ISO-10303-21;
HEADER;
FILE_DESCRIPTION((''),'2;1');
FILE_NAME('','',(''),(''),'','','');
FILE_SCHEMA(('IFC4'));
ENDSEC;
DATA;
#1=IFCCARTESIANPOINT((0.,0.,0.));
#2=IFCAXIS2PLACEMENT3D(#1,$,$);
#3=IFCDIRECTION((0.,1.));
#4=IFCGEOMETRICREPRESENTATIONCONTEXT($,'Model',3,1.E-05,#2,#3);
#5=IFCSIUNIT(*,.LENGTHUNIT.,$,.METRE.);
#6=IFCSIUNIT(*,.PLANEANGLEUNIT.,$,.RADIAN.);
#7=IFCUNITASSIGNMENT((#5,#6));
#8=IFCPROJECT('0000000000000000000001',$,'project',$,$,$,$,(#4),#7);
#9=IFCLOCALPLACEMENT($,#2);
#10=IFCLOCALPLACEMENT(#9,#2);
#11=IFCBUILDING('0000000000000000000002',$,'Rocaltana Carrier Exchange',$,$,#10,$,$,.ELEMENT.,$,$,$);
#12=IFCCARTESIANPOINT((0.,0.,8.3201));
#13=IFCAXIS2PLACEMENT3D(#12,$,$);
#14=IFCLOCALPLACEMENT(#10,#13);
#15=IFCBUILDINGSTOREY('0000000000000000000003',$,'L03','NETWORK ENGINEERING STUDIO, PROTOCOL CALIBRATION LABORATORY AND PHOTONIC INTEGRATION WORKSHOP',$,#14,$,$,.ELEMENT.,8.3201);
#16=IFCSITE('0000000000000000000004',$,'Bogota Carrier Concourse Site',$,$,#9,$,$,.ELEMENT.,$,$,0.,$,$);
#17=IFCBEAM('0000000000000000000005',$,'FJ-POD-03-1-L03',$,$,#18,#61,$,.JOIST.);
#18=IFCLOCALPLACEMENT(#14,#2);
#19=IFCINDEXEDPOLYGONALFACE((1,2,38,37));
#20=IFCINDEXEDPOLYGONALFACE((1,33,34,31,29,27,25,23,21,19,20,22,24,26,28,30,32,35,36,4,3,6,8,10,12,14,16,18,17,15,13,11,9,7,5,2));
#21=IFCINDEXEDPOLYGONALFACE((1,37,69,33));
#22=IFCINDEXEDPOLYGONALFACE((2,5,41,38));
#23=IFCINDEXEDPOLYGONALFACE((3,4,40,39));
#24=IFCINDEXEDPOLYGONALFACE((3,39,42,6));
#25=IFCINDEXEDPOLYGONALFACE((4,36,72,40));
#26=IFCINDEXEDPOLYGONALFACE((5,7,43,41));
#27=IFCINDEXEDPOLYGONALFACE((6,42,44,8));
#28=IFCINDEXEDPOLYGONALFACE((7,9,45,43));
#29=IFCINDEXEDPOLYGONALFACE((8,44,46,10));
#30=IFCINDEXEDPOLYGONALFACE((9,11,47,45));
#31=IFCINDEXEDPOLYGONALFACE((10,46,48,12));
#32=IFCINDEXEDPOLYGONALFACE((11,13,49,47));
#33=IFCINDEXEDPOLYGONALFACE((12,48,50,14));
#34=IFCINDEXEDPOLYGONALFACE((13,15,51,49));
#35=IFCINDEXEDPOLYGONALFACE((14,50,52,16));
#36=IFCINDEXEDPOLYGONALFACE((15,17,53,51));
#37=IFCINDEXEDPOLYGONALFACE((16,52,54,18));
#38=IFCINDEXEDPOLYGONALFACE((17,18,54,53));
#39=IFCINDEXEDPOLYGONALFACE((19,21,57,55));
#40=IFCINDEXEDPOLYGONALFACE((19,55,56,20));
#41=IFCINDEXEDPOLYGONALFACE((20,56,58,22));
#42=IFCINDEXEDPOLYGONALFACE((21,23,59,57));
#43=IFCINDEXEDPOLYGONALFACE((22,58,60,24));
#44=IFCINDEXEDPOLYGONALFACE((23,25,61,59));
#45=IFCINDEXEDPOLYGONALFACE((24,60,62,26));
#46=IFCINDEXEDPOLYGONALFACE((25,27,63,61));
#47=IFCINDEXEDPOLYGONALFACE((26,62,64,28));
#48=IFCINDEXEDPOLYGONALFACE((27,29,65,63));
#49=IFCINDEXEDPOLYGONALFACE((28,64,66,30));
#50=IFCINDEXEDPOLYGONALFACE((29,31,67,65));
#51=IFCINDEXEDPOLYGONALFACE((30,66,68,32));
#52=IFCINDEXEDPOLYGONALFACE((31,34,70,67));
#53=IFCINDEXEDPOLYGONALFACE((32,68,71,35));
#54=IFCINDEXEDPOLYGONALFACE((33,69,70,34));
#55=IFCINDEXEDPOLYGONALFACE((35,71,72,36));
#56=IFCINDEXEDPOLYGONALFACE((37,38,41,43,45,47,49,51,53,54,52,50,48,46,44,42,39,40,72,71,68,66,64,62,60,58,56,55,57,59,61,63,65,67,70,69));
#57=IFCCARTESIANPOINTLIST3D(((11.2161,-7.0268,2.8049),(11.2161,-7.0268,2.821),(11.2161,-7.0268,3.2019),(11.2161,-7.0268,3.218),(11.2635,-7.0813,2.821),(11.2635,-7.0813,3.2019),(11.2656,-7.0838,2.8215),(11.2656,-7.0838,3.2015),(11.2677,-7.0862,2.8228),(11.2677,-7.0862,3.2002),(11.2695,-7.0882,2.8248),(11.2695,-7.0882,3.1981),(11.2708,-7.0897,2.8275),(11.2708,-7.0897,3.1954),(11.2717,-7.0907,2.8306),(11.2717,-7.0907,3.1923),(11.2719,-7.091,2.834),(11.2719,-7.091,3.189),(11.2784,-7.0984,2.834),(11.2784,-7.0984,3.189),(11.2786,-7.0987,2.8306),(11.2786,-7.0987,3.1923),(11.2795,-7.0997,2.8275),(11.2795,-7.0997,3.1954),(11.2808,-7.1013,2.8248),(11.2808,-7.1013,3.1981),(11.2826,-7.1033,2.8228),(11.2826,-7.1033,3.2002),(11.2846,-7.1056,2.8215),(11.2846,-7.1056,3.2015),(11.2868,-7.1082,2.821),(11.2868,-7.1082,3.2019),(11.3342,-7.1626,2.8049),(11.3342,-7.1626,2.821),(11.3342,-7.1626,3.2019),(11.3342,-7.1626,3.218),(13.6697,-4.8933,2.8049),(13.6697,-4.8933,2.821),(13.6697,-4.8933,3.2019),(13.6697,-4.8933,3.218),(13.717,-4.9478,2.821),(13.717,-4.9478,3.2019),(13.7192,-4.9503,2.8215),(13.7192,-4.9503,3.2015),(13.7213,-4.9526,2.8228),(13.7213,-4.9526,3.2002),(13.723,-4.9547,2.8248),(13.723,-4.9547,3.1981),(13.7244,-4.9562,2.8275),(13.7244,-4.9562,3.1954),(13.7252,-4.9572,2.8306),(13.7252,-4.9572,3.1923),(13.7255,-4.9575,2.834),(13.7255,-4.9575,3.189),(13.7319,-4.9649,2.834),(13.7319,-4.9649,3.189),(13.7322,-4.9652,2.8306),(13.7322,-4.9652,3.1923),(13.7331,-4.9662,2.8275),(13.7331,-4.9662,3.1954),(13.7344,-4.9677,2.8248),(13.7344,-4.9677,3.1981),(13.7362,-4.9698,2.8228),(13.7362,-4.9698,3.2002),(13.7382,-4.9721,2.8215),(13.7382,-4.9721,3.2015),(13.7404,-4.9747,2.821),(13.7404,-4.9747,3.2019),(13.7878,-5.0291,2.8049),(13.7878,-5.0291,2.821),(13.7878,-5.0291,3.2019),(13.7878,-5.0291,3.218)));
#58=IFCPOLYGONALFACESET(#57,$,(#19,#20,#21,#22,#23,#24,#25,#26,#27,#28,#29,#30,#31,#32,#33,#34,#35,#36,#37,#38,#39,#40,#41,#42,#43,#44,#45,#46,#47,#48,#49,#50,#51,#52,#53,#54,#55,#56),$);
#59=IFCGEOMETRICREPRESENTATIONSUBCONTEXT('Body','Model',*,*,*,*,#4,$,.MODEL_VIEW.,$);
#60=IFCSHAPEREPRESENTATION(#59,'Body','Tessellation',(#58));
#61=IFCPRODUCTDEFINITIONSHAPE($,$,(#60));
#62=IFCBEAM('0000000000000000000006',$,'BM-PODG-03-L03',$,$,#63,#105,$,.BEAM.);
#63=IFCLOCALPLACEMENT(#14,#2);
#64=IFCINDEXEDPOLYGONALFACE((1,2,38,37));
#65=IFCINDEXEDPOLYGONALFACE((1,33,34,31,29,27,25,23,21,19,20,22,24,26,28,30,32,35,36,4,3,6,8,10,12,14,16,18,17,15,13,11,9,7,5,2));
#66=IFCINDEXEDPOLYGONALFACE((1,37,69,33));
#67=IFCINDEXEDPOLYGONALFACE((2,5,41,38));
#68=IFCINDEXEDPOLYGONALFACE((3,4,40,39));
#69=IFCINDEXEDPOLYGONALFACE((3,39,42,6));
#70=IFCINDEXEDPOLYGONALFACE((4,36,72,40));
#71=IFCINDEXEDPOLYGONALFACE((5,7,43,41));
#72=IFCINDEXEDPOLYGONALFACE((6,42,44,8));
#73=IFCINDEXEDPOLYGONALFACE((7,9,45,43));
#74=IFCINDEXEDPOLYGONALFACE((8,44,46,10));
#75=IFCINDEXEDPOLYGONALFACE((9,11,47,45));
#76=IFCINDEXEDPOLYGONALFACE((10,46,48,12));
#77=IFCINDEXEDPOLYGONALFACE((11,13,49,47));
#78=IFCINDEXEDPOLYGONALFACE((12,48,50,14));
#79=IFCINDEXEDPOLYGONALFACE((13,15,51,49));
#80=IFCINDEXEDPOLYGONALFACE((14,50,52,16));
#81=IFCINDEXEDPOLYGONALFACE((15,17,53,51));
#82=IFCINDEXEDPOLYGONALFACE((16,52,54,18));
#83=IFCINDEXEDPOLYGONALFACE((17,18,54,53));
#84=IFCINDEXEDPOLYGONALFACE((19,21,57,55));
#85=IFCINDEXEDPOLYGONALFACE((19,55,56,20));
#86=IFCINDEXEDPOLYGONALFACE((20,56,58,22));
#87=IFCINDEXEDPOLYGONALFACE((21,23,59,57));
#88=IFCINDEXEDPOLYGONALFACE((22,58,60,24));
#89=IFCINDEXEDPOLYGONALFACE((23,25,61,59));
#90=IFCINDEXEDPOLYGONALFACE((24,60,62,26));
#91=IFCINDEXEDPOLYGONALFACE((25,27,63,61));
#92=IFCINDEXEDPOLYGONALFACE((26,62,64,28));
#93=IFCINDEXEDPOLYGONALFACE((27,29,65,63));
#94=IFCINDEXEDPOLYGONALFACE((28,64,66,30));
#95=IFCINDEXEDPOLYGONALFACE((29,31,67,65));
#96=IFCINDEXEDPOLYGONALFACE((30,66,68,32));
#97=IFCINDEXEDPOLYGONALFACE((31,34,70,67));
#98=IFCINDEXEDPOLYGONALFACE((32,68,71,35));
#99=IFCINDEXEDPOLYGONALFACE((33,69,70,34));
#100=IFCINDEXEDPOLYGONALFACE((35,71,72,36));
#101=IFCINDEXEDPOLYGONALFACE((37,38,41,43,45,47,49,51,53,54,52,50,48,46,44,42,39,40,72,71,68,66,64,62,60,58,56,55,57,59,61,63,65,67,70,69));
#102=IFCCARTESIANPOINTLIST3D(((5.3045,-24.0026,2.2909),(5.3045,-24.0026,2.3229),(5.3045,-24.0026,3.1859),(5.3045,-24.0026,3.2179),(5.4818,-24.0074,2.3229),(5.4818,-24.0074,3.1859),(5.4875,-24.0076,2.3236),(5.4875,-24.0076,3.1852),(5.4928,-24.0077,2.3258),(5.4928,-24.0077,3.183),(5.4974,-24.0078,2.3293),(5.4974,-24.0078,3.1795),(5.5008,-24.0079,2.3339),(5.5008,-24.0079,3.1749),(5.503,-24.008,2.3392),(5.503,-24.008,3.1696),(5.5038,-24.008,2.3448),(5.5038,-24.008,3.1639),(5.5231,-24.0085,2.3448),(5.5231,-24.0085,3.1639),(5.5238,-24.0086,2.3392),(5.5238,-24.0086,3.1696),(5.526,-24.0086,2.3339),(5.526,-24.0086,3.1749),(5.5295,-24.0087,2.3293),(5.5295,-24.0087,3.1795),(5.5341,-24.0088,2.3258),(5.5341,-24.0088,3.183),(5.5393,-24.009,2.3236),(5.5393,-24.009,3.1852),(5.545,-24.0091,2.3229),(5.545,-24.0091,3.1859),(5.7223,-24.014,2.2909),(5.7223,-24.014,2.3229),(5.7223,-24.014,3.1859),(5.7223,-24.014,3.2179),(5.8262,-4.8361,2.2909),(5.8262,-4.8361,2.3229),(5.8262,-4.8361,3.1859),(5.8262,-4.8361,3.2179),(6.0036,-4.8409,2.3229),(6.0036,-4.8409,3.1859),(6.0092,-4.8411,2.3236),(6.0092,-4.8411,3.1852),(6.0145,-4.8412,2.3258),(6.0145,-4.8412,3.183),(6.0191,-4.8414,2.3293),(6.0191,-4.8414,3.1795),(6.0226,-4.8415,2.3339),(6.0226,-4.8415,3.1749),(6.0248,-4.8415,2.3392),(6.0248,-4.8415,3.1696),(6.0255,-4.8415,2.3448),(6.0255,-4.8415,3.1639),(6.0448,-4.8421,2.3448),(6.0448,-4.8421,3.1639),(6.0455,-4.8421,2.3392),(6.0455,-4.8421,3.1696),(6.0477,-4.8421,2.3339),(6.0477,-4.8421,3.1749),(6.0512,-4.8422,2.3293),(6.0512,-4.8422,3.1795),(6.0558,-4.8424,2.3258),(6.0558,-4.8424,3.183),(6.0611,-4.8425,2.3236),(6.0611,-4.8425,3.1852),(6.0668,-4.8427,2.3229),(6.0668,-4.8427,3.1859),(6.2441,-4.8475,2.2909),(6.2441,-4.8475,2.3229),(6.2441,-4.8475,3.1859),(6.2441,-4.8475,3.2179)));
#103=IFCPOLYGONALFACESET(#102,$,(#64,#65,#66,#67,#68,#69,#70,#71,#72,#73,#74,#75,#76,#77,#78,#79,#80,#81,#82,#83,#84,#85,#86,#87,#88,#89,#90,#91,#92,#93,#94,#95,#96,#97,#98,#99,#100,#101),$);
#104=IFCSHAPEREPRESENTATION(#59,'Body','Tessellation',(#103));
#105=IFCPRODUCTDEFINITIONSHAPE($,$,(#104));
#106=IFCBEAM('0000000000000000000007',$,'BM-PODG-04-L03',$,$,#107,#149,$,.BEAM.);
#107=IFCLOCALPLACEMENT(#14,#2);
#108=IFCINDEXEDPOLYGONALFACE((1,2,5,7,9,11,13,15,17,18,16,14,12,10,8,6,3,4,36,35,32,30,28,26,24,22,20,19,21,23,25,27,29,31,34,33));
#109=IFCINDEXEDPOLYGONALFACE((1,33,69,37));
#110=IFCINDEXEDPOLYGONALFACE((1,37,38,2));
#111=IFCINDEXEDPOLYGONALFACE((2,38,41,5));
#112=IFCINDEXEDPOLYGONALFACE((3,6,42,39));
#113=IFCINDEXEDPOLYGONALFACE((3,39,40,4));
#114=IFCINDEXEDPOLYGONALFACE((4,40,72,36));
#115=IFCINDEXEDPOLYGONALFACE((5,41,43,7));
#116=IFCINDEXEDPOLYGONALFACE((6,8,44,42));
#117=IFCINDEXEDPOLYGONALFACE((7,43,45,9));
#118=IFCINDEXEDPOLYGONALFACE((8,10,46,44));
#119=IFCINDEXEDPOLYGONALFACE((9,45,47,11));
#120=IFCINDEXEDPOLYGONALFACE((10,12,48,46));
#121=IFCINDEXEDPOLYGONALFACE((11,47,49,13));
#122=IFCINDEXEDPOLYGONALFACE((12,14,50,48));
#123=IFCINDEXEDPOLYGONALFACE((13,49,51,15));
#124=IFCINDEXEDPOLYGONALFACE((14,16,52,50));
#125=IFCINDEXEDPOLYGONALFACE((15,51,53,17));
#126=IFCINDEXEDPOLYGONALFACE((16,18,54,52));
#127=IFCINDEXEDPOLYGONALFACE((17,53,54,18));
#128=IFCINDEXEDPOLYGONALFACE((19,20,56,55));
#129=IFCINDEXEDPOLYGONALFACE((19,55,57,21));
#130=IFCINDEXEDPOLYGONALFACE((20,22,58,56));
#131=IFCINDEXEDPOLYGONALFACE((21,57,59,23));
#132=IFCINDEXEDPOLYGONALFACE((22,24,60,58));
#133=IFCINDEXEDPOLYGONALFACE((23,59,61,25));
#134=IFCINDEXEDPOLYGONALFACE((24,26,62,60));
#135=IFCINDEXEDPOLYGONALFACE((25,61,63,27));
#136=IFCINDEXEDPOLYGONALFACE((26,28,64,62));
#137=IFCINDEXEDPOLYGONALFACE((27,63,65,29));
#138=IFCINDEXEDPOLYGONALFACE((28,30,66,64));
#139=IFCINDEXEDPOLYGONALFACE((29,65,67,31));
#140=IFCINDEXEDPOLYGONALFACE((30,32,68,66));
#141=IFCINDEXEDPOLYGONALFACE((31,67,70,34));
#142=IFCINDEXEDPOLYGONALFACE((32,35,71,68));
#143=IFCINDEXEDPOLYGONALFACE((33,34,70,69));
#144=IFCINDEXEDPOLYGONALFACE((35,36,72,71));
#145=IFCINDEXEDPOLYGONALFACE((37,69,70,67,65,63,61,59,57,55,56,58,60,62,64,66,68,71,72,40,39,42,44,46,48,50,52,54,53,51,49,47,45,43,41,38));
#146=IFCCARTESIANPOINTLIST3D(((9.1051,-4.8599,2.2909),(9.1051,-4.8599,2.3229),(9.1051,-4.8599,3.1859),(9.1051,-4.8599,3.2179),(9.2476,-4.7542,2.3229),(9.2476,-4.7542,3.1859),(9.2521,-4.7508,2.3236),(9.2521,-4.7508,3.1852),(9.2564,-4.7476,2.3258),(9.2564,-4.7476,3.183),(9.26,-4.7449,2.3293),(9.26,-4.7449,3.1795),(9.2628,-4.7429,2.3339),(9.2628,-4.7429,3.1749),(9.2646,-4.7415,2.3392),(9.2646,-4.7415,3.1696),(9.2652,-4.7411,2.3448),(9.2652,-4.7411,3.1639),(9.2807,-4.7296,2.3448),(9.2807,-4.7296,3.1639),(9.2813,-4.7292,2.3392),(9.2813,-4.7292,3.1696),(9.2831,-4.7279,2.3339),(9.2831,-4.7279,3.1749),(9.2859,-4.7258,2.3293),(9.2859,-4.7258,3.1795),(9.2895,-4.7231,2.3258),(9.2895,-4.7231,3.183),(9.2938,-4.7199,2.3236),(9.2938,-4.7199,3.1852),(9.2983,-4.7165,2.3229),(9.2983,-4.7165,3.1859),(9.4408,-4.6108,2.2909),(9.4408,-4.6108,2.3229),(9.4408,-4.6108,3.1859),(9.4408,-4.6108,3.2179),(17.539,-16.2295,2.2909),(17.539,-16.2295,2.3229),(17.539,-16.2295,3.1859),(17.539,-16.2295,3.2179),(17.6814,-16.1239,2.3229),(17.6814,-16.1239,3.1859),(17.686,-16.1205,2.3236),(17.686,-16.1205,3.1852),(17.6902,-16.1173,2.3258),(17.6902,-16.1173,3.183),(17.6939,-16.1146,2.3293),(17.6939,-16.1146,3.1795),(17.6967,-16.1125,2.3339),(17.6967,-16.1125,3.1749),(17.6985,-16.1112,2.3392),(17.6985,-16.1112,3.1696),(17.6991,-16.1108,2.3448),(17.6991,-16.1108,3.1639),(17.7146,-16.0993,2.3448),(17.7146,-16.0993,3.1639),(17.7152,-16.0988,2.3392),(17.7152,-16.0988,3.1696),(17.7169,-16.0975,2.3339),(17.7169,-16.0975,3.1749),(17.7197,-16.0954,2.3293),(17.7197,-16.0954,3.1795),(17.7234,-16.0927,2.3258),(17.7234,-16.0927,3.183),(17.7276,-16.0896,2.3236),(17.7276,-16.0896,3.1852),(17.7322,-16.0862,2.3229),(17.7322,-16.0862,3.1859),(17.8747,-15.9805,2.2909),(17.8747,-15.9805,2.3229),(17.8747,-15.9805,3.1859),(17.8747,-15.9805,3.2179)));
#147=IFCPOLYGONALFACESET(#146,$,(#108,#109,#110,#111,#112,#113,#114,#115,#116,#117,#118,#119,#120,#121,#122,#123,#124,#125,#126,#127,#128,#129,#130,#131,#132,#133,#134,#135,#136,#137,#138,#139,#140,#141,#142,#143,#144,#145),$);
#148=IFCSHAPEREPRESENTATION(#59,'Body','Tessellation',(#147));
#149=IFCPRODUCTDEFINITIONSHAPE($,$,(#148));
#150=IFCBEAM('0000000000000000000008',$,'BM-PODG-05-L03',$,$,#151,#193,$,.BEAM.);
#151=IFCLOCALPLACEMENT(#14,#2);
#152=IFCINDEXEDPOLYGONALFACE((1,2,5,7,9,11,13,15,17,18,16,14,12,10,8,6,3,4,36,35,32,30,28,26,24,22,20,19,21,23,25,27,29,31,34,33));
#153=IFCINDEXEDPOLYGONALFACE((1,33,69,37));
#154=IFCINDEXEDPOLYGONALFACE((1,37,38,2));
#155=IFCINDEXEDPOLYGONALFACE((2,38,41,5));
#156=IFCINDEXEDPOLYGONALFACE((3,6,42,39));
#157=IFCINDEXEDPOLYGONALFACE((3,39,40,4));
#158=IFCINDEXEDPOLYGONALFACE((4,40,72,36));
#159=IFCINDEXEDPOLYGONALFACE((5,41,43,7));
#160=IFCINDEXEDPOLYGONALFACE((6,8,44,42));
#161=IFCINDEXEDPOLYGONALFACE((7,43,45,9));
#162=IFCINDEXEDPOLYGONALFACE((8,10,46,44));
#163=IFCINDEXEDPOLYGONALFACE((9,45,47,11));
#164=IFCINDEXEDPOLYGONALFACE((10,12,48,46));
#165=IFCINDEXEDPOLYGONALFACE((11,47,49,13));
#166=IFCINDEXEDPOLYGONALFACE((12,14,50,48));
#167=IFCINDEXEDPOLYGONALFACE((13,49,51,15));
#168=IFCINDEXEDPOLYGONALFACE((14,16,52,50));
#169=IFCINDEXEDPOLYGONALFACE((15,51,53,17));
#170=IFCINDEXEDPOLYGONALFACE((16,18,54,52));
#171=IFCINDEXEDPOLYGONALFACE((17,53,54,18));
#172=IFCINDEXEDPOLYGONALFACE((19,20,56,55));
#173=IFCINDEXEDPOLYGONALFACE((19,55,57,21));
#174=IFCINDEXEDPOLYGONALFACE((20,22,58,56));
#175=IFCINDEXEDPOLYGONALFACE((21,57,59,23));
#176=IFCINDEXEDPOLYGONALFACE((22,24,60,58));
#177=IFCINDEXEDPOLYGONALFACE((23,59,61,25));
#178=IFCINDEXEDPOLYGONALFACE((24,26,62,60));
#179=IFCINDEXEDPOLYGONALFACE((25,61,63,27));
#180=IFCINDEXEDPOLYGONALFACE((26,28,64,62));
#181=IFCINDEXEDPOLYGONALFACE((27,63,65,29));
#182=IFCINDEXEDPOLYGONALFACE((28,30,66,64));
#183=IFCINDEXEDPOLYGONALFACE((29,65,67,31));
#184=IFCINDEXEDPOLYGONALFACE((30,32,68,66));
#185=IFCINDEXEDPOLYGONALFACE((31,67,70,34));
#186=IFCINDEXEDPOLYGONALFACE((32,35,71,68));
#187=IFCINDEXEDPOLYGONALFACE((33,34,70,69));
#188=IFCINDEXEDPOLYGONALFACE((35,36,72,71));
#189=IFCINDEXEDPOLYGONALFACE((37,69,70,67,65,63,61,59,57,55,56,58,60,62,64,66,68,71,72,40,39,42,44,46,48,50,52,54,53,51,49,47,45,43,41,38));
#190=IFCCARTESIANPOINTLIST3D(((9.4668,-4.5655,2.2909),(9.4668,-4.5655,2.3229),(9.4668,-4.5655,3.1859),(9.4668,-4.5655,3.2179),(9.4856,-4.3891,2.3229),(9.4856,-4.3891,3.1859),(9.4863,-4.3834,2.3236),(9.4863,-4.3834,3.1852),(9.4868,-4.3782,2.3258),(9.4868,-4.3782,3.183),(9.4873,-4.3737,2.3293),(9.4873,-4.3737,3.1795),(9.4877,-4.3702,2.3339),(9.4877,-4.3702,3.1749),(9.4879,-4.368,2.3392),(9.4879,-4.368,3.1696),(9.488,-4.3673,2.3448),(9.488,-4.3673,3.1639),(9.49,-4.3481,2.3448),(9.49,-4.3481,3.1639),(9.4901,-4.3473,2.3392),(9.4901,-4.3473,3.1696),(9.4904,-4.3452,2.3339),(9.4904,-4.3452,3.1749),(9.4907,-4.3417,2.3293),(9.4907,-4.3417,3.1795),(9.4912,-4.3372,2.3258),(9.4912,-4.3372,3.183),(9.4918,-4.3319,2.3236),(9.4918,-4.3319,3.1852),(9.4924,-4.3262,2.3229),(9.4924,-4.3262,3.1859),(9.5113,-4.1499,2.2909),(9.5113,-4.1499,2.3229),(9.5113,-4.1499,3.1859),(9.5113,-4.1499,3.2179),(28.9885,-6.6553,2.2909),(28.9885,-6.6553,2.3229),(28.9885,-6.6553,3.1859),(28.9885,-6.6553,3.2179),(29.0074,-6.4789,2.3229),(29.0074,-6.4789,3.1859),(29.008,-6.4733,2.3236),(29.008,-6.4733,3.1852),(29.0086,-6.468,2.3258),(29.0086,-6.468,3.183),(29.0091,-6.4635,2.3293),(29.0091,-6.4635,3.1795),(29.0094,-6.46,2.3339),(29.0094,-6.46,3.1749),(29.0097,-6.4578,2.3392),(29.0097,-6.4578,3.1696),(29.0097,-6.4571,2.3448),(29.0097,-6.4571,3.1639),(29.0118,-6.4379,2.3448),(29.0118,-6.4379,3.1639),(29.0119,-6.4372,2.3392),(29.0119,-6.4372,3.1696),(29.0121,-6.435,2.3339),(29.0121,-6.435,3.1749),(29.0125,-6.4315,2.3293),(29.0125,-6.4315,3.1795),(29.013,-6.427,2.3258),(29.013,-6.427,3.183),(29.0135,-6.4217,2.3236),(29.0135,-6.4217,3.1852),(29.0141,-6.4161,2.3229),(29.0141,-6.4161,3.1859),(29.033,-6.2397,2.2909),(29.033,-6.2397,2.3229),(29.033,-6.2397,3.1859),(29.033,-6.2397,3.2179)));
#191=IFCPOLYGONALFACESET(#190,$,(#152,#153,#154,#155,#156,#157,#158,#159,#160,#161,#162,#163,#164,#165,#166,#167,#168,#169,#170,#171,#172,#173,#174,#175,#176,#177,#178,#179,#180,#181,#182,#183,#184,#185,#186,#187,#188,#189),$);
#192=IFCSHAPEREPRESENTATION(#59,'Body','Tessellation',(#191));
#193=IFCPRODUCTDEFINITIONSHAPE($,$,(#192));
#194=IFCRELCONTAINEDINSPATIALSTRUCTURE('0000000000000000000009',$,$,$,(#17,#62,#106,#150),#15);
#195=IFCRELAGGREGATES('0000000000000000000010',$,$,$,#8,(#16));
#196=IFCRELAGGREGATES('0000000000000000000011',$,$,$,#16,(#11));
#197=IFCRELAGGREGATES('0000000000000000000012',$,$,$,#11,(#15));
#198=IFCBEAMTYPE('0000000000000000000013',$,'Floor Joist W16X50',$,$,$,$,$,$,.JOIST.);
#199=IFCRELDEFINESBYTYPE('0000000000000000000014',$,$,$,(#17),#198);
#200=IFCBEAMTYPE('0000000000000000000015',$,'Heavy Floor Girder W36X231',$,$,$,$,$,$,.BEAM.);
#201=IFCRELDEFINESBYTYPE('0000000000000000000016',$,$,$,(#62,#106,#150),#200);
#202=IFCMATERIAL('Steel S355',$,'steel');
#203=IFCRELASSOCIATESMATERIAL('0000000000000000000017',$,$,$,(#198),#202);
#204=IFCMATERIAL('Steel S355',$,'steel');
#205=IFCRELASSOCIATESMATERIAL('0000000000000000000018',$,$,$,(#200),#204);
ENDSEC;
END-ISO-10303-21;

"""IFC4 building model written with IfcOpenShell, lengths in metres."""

from ifc_helpers import new_model, si_unit, direction, frame, origin, origin_2d, place, context, subcontext, project, spatial, i_section, extrude, material, material_profile, profile_set, type_object, element, save


model = new_model("IFC4")

# Units and contexts
model_context = context("Model", 3, precision=1e-05, world=origin(), true_north=direction((0.0, 1.0)))
body_context = subcontext(model_context, "Body", "Model", "MODEL_VIEW")
ifc_project = project(units=[si_unit("LENGTHUNIT", "METRE"), si_unit("PLANEANGLEUNIT", "RADIAN")], contexts=[model_context])

# Site, building, storey
site_placement = place(None, origin())
site = spatial("IfcSite", under=ifc_project, at=site_placement, Name="Bogota Carrier Concourse Site", CompositionType="ELEMENT", RefElevation=0.0)
building_placement = place(site_placement, origin())
building = spatial("IfcBuilding", under=site, at=building_placement, Name="Rocaltana Carrier Exchange", CompositionType="ELEMENT")
storey_placement = place(building_placement, frame((0.0, 0.0, 8.3201)))
storey = spatial("IfcBuildingStorey", under=building, at=storey_placement, Name="L03", Description="NETWORK ENGINEERING STUDIO, PROTOCOL CALIBRATION LABORATORY AND PHOTONIC INTEGRATION WORKSHOP", CompositionType="ELEMENT", Elevation=8.3201)

# Beams
ifc_material_1 = material(Name="Steel S355", Category="steel")
ifc_material_profile_1 = material_profile(ifc_material_1, i_section(OverallWidth=0.1799, OverallDepth=0.4131, WebThickness=0.0098, FlangeThickness=0.0161, FilletRadius=0.0129, at=origin_2d()), Name="W16X50")
ifc_profile_set_1 = profile_set([ifc_material_profile_1], Name="Steel S355")
beam_type_1 = type_object("IfcBeamType", Name="Floor Joist W16X50", PredefinedType="JOIST", material=ifc_profile_set_1)
beam_1_placement = place(storey_placement, frame((11.2751, -7.0947, 3.0115), z_axis=(0.75461, 0.656173, 0.0), x_axis=(-0.656173, 0.75461, 0.0)))
element("IfcBeam", 1, at=beam_1_placement, inside=storey, type_object=beam_type_1, Name="FJ-POD-03-1-L03", PredefinedType="JOIST", context=body_context, shape_type="SweptSolid", body=[
    extrude(i_section(OverallWidth=0.1799, OverallDepth=0.4131, WebThickness=0.0098, FlangeThickness=0.0161, FilletRadius=0.0129, at=origin_2d()), origin(), (0.0, 0.0, 1.0), 3.2515),
])
ifc_material_2 = material(Name="Steel S355", Category="steel")
ifc_material_profile_2 = material_profile(ifc_material_2, i_section(OverallWidth=0.418, OverallDepth=0.927, WebThickness=0.0193, FlangeThickness=0.032, FilletRadius=0.022, at=origin_2d()), Name="W36X231")
ifc_profile_set_2 = profile_set([ifc_material_profile_2], Name="Steel S355")
beam_type_2 = type_object("IfcBeamType", Name="Heavy Floor Girder W36X231", PredefinedType="BEAM", material=ifc_profile_set_2)
beam_2_placement = place(storey_placement, frame((6.0352, -4.8418, 2.7544), z_axis=(-0.027211, -0.99963, 0.0), x_axis=(0.99963, -0.027211, 0.0)))
element("IfcBeam", 2, at=beam_2_placement, inside=storey, type_object=beam_type_2, Name="BM-PODG-03-L03", PredefinedType="BEAM", context=body_context, shape_type="SweptSolid", body=[
    extrude(i_section(OverallWidth=0.418, OverallDepth=0.927, WebThickness=0.0193, FlangeThickness=0.032, FilletRadius=0.022, at=origin_2d()), origin(), (0.0, 0.0, 1.0), 19.1736),
])
beam_3_placement = place(storey_placement, frame((9.2729, -4.7354, 2.7544), z_axis=(0.59577, -0.803155, 0.0), x_axis=(0.803155, 0.59577, 0.0)))
element("IfcBeam", 3, at=beam_3_placement, inside=storey, type_object=beam_type_2, Name="BM-PODG-04-L03", PredefinedType="BEAM", context=body_context, shape_type="SweptSolid", body=[
    extrude(i_section(OverallWidth=0.418, OverallDepth=0.927, WebThickness=0.0193, FlangeThickness=0.032, FilletRadius=0.022, at=origin_2d()), origin(), (0.0, 0.0, 1.0), 14.1562),
])
beam_4_placement = place(storey_placement, frame((9.489, -4.3577, 2.7544), z_axis=(0.994319, -0.106444, 0.0), x_axis=(0.106444, 0.994319, 0.0)))
element("IfcBeam", 4, at=beam_4_placement, inside=storey, type_object=beam_type_2, Name="BM-PODG-05-L03", PredefinedType="BEAM", context=body_context, shape_type="SweptSolid", body=[
    extrude(i_section(OverallWidth=0.418, OverallDepth=0.927, WebThickness=0.0193, FlangeThickness=0.032, FilletRadius=0.022, at=origin_2d()), origin(), (0.0, 0.0, 1.0), 19.6333),
])

save(model, "model.ifc")
